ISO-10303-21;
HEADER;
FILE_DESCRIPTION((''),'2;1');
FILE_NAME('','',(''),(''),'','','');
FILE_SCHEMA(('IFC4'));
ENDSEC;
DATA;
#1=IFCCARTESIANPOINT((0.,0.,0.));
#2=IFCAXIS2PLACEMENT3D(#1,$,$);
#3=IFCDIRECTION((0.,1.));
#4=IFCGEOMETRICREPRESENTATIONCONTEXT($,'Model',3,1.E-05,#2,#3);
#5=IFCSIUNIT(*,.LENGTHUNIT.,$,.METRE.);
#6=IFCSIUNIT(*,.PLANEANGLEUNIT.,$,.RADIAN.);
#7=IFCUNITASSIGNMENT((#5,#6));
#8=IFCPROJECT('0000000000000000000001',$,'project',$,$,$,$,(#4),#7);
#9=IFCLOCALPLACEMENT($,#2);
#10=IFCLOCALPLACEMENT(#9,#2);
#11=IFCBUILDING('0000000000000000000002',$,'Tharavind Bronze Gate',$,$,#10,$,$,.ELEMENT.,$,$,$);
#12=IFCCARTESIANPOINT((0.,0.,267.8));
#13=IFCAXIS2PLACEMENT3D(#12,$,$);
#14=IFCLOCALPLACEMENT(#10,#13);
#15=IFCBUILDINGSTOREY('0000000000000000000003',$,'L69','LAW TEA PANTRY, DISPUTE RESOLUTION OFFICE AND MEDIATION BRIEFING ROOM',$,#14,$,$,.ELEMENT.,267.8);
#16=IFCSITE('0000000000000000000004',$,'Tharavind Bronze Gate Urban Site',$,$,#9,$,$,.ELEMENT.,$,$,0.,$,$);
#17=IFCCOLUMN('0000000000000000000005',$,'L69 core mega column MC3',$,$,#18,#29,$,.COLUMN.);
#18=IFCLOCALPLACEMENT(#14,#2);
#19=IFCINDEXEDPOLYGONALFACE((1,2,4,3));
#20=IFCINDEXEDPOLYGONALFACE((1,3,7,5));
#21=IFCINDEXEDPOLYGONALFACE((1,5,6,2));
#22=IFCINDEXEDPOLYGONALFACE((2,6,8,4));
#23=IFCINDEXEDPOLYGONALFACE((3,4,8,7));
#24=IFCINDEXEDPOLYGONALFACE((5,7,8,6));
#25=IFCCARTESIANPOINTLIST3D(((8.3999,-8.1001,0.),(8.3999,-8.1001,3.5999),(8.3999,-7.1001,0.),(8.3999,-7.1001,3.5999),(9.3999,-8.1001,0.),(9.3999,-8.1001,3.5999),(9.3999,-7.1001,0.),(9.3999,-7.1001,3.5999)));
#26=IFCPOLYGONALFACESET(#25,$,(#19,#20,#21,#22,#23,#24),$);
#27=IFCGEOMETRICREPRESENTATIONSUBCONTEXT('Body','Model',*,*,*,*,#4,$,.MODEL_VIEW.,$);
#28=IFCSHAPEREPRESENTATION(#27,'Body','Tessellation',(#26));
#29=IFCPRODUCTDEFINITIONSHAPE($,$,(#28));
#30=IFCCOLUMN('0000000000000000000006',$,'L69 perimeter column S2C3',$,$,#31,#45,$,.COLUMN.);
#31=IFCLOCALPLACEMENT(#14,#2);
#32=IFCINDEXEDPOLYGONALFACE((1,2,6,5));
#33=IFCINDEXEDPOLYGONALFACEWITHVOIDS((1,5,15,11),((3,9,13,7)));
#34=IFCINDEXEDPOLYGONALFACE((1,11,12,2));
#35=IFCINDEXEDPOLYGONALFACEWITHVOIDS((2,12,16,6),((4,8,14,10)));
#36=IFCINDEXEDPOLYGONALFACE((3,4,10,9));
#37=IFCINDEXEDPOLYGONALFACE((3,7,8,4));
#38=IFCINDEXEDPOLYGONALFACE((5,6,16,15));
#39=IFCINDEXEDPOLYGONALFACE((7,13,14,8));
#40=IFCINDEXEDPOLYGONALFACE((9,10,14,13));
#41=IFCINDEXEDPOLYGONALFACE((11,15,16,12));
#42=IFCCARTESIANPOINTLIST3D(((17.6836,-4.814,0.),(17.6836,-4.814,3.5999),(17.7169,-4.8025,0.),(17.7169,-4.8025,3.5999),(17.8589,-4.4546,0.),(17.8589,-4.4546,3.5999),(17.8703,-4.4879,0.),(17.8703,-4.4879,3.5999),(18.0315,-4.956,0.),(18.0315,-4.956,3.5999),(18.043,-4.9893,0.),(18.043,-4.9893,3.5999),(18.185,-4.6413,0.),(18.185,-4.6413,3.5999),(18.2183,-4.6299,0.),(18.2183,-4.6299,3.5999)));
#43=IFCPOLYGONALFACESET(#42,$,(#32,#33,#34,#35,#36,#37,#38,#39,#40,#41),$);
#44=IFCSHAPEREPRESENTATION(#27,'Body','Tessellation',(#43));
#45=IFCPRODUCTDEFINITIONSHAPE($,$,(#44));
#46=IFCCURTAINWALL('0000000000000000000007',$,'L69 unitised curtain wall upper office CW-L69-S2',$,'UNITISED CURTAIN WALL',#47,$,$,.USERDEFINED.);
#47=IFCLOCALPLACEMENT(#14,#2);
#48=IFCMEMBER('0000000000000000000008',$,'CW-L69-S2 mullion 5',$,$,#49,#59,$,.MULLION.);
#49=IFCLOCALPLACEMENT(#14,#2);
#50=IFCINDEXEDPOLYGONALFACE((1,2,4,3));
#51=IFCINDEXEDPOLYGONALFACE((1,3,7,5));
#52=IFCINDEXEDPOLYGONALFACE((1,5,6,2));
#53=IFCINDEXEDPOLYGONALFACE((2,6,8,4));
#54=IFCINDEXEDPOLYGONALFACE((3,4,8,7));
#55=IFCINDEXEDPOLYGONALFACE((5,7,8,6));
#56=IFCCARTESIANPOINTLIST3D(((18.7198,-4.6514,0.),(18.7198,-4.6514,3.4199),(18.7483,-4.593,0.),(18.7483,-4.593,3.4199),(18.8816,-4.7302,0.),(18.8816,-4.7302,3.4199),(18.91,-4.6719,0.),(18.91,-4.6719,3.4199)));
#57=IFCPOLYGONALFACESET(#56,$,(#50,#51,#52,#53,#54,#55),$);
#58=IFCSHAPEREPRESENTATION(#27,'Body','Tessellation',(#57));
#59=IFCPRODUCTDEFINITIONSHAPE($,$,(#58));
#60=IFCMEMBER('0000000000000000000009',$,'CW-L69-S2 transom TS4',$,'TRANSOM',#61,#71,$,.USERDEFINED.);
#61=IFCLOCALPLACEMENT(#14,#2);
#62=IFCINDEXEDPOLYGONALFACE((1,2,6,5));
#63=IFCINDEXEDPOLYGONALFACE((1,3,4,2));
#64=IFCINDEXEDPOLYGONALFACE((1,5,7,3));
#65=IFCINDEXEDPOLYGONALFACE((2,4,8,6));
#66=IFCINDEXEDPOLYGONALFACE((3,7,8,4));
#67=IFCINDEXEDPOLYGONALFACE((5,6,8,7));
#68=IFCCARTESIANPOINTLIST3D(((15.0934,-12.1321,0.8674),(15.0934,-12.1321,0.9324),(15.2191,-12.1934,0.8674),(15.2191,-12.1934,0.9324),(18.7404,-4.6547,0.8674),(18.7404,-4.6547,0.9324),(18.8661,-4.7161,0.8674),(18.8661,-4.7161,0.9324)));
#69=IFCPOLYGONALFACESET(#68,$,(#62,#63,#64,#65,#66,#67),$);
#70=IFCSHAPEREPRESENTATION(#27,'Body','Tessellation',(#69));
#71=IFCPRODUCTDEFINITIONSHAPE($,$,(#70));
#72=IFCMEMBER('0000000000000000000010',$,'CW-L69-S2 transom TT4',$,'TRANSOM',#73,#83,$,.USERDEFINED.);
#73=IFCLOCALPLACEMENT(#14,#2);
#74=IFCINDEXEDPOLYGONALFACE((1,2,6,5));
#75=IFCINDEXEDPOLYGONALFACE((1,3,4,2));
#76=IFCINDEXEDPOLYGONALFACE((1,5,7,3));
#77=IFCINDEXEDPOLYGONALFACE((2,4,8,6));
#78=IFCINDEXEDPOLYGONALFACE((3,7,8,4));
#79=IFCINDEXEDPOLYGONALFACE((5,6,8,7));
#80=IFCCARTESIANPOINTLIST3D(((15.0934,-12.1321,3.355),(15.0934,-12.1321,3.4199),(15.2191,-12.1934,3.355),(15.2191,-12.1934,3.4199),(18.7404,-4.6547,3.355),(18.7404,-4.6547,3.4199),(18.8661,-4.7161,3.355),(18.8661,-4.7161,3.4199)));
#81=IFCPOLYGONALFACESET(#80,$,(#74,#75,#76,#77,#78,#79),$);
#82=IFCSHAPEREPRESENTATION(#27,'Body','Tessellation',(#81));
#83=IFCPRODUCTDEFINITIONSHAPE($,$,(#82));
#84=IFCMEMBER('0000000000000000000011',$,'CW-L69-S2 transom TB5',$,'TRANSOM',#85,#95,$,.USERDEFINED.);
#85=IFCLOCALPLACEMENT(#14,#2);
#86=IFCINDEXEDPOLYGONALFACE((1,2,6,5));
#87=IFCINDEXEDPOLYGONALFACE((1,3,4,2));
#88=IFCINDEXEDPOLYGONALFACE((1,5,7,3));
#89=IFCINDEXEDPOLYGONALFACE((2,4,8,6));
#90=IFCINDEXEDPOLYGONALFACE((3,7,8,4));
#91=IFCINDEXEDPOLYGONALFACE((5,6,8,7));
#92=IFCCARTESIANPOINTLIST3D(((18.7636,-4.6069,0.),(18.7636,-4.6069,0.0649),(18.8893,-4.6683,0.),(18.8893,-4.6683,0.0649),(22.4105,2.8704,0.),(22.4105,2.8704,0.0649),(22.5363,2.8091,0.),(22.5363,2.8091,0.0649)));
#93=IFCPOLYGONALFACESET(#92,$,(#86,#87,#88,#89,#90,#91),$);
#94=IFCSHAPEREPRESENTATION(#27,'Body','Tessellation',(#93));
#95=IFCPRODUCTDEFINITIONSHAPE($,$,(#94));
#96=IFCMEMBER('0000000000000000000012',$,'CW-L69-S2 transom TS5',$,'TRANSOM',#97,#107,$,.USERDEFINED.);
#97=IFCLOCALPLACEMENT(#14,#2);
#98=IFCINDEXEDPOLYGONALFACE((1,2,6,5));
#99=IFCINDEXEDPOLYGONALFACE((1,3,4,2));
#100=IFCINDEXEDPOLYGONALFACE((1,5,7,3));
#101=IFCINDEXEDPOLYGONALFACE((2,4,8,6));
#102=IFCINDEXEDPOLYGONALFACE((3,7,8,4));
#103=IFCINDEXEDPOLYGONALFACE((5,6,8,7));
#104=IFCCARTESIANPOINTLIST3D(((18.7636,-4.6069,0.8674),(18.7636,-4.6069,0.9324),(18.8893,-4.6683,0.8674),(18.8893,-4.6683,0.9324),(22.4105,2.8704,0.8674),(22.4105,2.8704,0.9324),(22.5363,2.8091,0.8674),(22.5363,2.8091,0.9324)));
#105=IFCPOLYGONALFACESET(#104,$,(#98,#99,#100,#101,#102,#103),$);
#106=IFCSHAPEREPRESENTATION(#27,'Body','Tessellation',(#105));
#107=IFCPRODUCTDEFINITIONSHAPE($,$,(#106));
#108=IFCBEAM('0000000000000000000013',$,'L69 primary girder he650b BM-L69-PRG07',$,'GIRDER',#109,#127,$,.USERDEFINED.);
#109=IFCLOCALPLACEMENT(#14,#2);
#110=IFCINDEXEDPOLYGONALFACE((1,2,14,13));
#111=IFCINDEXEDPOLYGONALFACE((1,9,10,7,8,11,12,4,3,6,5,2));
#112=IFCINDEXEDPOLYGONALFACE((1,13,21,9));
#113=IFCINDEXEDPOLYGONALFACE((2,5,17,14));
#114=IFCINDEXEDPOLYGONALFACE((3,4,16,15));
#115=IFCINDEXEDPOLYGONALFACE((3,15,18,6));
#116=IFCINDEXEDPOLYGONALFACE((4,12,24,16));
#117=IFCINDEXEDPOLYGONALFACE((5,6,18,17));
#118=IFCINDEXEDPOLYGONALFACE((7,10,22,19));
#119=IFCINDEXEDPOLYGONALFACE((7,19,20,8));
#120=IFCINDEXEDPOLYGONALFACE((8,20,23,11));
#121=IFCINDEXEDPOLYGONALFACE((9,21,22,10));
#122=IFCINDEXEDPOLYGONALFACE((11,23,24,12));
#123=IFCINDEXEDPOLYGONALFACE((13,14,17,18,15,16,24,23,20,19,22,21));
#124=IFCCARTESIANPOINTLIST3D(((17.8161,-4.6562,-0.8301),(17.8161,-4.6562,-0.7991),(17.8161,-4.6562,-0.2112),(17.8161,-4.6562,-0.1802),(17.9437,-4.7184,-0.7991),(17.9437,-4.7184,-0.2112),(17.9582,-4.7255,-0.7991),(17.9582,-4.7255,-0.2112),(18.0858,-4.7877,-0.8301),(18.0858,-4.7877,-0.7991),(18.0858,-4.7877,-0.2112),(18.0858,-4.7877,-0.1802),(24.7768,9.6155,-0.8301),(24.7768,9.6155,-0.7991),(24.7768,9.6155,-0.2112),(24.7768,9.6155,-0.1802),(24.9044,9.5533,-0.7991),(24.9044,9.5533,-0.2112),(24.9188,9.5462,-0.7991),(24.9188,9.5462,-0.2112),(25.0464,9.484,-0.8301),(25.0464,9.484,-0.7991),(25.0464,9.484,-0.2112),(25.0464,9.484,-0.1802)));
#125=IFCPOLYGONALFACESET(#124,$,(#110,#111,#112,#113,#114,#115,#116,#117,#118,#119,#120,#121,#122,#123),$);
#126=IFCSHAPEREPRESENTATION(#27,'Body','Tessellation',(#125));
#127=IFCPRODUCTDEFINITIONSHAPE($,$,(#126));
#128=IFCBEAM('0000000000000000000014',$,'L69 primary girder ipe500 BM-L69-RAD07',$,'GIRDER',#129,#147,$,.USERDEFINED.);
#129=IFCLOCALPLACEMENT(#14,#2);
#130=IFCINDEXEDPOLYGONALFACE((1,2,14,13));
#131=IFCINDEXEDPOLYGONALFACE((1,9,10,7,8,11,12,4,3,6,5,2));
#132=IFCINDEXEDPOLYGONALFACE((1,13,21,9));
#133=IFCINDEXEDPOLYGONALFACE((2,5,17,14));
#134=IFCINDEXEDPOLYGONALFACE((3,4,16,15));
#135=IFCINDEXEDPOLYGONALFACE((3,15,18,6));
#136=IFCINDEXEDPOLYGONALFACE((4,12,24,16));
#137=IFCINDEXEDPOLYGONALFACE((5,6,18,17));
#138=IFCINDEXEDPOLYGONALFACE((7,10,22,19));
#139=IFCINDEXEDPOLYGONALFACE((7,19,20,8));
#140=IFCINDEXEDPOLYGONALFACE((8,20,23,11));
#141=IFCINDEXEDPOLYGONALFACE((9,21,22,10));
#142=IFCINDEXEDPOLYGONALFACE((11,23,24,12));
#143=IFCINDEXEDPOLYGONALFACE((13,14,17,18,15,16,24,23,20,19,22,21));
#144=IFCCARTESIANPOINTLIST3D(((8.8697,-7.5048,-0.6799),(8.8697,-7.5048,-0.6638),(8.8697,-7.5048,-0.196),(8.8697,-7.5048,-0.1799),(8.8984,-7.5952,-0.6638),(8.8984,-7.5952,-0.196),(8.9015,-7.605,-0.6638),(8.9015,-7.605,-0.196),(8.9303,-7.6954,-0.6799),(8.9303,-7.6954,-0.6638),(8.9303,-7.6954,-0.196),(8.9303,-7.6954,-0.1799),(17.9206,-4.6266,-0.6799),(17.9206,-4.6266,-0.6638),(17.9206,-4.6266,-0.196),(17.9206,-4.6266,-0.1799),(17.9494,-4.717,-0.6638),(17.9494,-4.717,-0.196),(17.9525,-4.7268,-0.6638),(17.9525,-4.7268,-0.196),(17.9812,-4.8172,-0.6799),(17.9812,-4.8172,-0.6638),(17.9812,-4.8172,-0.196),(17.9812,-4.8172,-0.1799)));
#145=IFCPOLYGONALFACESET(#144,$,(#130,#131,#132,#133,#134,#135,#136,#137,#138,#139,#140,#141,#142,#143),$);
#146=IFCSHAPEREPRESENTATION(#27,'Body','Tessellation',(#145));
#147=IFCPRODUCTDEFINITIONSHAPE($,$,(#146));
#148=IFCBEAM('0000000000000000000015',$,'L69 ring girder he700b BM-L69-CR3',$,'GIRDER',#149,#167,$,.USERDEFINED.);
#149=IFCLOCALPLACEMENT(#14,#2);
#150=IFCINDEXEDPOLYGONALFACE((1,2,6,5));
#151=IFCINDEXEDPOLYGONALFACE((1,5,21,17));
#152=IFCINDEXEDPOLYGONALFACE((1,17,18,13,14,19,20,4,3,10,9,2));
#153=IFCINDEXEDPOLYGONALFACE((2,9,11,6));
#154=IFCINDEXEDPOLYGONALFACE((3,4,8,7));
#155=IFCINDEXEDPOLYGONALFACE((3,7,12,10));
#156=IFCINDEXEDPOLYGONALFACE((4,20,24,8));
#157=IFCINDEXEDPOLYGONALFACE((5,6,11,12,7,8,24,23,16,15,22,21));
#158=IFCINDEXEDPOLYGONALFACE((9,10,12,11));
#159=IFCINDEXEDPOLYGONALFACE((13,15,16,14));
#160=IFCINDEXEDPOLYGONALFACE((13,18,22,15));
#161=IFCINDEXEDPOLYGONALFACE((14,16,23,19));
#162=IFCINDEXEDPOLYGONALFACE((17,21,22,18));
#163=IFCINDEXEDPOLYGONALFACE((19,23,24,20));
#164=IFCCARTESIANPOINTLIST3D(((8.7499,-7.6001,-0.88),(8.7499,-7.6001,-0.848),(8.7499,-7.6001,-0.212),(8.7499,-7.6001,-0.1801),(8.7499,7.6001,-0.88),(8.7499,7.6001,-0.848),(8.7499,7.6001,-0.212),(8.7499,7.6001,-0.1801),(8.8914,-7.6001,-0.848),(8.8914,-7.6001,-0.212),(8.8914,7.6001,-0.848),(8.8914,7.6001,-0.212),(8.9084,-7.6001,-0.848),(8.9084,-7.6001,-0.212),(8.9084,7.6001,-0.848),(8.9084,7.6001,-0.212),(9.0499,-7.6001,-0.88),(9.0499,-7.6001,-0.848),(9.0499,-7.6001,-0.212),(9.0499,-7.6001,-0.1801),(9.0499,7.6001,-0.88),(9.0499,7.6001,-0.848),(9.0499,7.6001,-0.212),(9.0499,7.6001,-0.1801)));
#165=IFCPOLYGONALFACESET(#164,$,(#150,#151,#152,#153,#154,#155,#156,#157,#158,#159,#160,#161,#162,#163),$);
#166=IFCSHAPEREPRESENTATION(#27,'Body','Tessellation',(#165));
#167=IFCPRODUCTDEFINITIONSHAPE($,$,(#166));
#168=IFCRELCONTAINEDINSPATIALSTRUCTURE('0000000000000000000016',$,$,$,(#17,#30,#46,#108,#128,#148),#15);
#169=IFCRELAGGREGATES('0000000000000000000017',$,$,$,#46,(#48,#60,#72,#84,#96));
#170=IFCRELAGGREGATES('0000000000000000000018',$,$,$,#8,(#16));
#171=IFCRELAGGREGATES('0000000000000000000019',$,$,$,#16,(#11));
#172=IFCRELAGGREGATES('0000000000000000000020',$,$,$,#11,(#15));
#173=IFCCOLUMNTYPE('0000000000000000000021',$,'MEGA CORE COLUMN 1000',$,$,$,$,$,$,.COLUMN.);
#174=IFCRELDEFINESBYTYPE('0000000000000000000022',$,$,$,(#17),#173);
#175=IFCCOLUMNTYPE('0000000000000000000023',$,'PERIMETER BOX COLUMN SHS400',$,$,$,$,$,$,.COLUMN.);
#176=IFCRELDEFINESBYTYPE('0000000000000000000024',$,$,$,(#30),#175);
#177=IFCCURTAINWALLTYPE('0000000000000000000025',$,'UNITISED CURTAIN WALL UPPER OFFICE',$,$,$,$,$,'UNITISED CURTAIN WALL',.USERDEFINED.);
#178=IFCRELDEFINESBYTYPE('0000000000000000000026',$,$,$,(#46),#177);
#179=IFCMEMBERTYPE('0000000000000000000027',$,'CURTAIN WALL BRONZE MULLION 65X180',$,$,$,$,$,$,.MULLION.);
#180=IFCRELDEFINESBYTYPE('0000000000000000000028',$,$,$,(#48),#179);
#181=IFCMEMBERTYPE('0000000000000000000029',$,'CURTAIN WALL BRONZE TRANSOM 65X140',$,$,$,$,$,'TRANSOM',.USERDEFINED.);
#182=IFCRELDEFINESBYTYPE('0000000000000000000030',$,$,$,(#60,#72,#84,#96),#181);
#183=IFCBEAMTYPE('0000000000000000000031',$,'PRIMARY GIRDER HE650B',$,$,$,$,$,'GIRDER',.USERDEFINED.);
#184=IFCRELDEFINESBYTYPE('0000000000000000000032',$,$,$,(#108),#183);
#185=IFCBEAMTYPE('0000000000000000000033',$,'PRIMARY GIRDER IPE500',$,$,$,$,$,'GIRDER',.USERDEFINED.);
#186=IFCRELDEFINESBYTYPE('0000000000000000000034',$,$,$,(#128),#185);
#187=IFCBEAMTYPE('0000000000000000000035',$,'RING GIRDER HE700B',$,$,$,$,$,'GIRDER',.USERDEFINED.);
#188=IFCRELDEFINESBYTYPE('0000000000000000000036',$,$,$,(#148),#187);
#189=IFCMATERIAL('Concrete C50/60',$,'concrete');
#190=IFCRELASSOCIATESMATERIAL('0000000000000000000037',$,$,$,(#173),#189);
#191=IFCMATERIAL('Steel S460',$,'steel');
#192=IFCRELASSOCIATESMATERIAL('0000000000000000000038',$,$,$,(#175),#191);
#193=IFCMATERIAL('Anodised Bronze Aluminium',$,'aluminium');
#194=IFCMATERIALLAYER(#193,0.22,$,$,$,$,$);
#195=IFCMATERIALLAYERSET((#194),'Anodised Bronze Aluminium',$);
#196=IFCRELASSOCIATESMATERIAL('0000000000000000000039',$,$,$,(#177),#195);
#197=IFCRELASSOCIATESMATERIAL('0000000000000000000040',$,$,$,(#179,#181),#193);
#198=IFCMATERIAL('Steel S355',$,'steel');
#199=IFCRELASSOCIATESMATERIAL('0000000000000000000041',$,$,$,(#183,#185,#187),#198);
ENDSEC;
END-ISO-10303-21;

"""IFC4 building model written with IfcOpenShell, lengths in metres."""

from ifc_helpers import new_model, si_unit, direction, frame, origin, origin_2d, place, context, subcontext, project, spatial, rectangle, hollow_rectangle, i_section, extrude, material, layer, layer_set, material_profile, profile_set, type_object, element, aggregate, save


model = new_model("IFC4")

# Units and contexts
model_context = context("Model", 3, precision=1e-05, world=origin(), true_north=direction((0.0, 1.0)))
body_context = subcontext(model_context, "Body", "Model", "MODEL_VIEW")
ifc_project = project(units=[si_unit("LENGTHUNIT", "METRE"), si_unit("PLANEANGLEUNIT", "RADIAN")], contexts=[model_context])

# Site, building, storey
site_placement = place(None, origin())
site = spatial("IfcSite", under=ifc_project, at=site_placement, Name="Tharavind Bronze Gate Urban Site", CompositionType="ELEMENT", RefElevation=0.0)
building_placement = place(site_placement, origin())
building = spatial("IfcBuilding", under=site, at=building_placement, Name="Tharavind Bronze Gate", CompositionType="ELEMENT")
storey_placement = place(building_placement, frame((0.0, 0.0, 267.8)))
storey = spatial("IfcBuildingStorey", under=building, at=storey_placement, Name="L69", Description="LAW TEA PANTRY, DISPUTE RESOLUTION OFFICE AND MEDIATION BRIEFING ROOM", CompositionType="ELEMENT", Elevation=267.8)

# Columns
ifc_material_1 = material(Name="Concrete C50/60", Category="concrete")
ifc_material_profile_1 = material_profile(ifc_material_1, rectangle(XDim=1.0, YDim=1.0, at=origin_2d()), Name="RCCOL1000")
ifc_profile_set_1 = profile_set([ifc_material_profile_1], Name="Concrete C50/60")
column_type_1 = type_object("IfcColumnType", Name="MEGA CORE COLUMN 1000", PredefinedType="COLUMN", material=ifc_profile_set_1)
column_1_placement = place(storey_placement, frame((8.8999, -7.6001, 0.0), z_axis=(0.0, 0.0, 1.0), x_axis=(1.0, 0.0, 0.0)))
element("IfcColumn", 1, at=column_1_placement, inside=storey, type_object=column_type_1, Name="L69 core mega column MC3", PredefinedType="COLUMN", context=body_context, shape_type="SweptSolid", body=[
    extrude(rectangle(XDim=1.0, YDim=1.0, at=origin_2d()), origin(), (0.0, 0.0, 1.0), 3.5999),
])
ifc_material_2 = material(Name="Steel S460", Category="steel")
ifc_material_profile_2 = material_profile(ifc_material_2, hollow_rectangle(XDim=0.3999, YDim=0.3999, WallThickness=0.0249, at=origin_2d()), Name="SHS400X25")
ifc_profile_set_2 = profile_set([ifc_material_profile_2], Name="Steel S460")
column_type_2 = type_object("IfcColumnType", Name="PERIMETER BOX COLUMN SHS400", PredefinedType="COLUMN", material=ifc_profile_set_2)
column_2_placement = place(storey_placement, frame((17.9509, -4.7219, 0.0), z_axis=(0.0, 0.0, 1.0), x_axis=(0.438373, 0.898793, 0.0)))
element("IfcColumn", 2, at=column_2_placement, inside=storey, type_object=column_type_2, Name="L69 perimeter column S2C3", PredefinedType="COLUMN", context=body_context, shape_type="SweptSolid", body=[
    extrude(hollow_rectangle(XDim=0.3999, YDim=0.3999, WallThickness=0.0249, at=origin_2d()), origin(), (0.0, 0.0, 1.0), 3.5999),
])

# Curtain wall, members
ifc_material_3 = material(Name="Anodised Bronze Aluminium", Category="aluminium")
ifc_layer_1 = layer(ifc_material_3, 0.22)
ifc_layer_set_1 = layer_set([ifc_layer_1], Name="Anodised Bronze Aluminium")
curtain_wall_type = type_object("IfcCurtainWallType", Name="UNITISED CURTAIN WALL UPPER OFFICE", ElementType="UNITISED CURTAIN WALL", PredefinedType="USERDEFINED", material=ifc_layer_set_1)
curtain_wall_placement = place(storey_placement, origin())
curtain_wall = element("IfcCurtainWall", 3, at=curtain_wall_placement, inside=storey, type_object=curtain_wall_type, Name="L69 unitised curtain wall upper office CW-L69-S2", ObjectType="UNITISED CURTAIN WALL", PredefinedType="USERDEFINED")
member_type_1 = type_object("IfcMemberType", Name="CURTAIN WALL BRONZE MULLION 65X180", PredefinedType="MULLION", material=ifc_material_3)
member_1_placement = place(storey_placement, frame((18.8149, -4.6616, 0.0), z_axis=(0.0, 0.0, 1.0), x_axis=(0.438373, 0.898793, 0.0)))
member_1 = element("IfcMember", 4, at=member_1_placement, type_object=member_type_1, Name="CW-L69-S2 mullion 5", PredefinedType="MULLION", context=body_context, shape_type="SweptSolid", body=[
    extrude(rectangle(XDim=0.0649, YDim=0.1799, at=origin_2d()), origin(), (0.0, 0.0, 1.0), 3.4199),
])
member_type_2 = type_object("IfcMemberType", Name="CURTAIN WALL BRONZE TRANSOM 65X140", ElementType="TRANSOM", PredefinedType="USERDEFINED", material=ifc_material_3)
member_2_placement = place(storey_placement, frame((16.9797, -8.4241, 0.8674), z_axis=(0.0, 0.0, 1.0), x_axis=(0.438373, 0.898793, 0.0)))
member_2 = element("IfcMember", 5, at=member_2_placement, type_object=member_type_2, Name="CW-L69-S2 transom TS4", ObjectType="TRANSOM", PredefinedType="USERDEFINED", context=body_context, shape_type="SweptSolid", body=[
    extrude(rectangle(XDim=8.3193, YDim=0.1399, at=origin_2d()), origin(), (0.0, 0.0, 1.0), 0.0649),
])
member_3_placement = place(storey_placement, frame((16.9797, -8.4241, 3.355), z_axis=(0.0, 0.0, 1.0), x_axis=(0.438373, 0.898793, 0.0)))
member_3 = element("IfcMember", 6, at=member_3_placement, type_object=member_type_2, Name="CW-L69-S2 transom TT4", ObjectType="TRANSOM", PredefinedType="USERDEFINED", context=body_context, shape_type="SweptSolid", body=[
    extrude(rectangle(XDim=8.3193, YDim=0.1399, at=origin_2d()), origin(), (0.0, 0.0, 1.0), 0.0649),
])
member_4_placement = place(storey_placement, frame((20.6499, -0.8989, 0.0), z_axis=(0.0, 0.0, 1.0), x_axis=(0.438373, 0.898793, 0.0)))
member_4 = element("IfcMember", 7, at=member_4_placement, type_object=member_type_2, Name="CW-L69-S2 transom TB5", ObjectType="TRANSOM", PredefinedType="USERDEFINED", context=body_context, shape_type="SweptSolid", body=[
    extrude(rectangle(XDim=8.3193, YDim=0.1399, at=origin_2d()), origin(), (0.0, 0.0, 1.0), 0.0649),
])
member_5_placement = place(storey_placement, frame((20.6499, -0.8989, 0.8674), z_axis=(0.0, 0.0, 1.0), x_axis=(0.438373, 0.898793, 0.0)))
member_5 = element("IfcMember", 8, at=member_5_placement, type_object=member_type_2, Name="CW-L69-S2 transom TS5", ObjectType="TRANSOM", PredefinedType="USERDEFINED", context=body_context, shape_type="SweptSolid", body=[
    extrude(rectangle(XDim=8.3193, YDim=0.1399, at=origin_2d()), origin(), (0.0, 0.0, 1.0), 0.0649),
])

# Beams
ifc_material_4 = material(Name="Steel S355", Category="steel")
ifc_material_profile_3 = material_profile(ifc_material_4, i_section(OverallWidth=0.3, OverallDepth=0.6499, WebThickness=0.0161, FlangeThickness=0.031, at=origin_2d()), Name="HE650B")
ifc_profile_set_3 = profile_set([ifc_material_profile_3], Name="Steel S355")
beam_type_1 = type_object("IfcBeamType", Name="PRIMARY GIRDER HE650B", ElementType="GIRDER", PredefinedType="USERDEFINED", material=ifc_profile_set_3)
beam_1_placement = place(storey_placement, frame((17.9509, -4.7219, -0.5051), z_axis=(0.438366, 0.898796, 0.0), x_axis=(-0.898796, 0.438366, 0.0)))
element("IfcBeam", 9, at=beam_1_placement, inside=storey, type_object=beam_type_1, Name="L69 primary girder he650b BM-L69-PRG07", ObjectType="GIRDER", PredefinedType="USERDEFINED", context=body_context, shape_type="SweptSolid", body=[
    extrude(i_section(OverallWidth=0.3, OverallDepth=0.6499, WebThickness=0.0161, FlangeThickness=0.031, at=origin_2d()), origin(), (0.0, 0.0, 1.0), 15.8787),
])
ifc_material_profile_4 = material_profile(ifc_material_4, i_section(OverallWidth=0.2, OverallDepth=0.5, WebThickness=0.0103, FlangeThickness=0.0161, at=origin_2d()), Name="IPE500")
ifc_profile_set_4 = profile_set([ifc_material_profile_4], Name="Steel S355")
beam_type_2 = type_object("IfcBeamType", Name="PRIMARY GIRDER IPE500", ElementType="GIRDER", PredefinedType="USERDEFINED", material=ifc_profile_set_4)
beam_2_placement = place(storey_placement, frame((17.9509, -4.7219, -0.4299), z_axis=(-0.952977, -0.303041, 0.0), x_axis=(0.303041, -0.952977, 0.0)))
element("IfcBeam", 10, at=beam_2_placement, inside=storey, type_object=beam_type_2, Name="L69 primary girder ipe500 BM-L69-RAD07", ObjectType="GIRDER", PredefinedType="USERDEFINED", context=body_context, shape_type="SweptSolid", body=[
    extrude(i_section(OverallWidth=0.2, OverallDepth=0.5, WebThickness=0.0103, FlangeThickness=0.0161, at=origin_2d()), origin(), (0.0, 0.0, 1.0), 9.4976),
])
ifc_material_profile_5 = material_profile(ifc_material_4, i_section(OverallWidth=0.3, OverallDepth=0.7, WebThickness=0.0171, FlangeThickness=0.032, at=origin_2d()), Name="HE700B")
ifc_profile_set_5 = profile_set([ifc_material_profile_5], Name="Steel S355")
beam_type_3 = type_object("IfcBeamType", Name="RING GIRDER HE700B", ElementType="GIRDER", PredefinedType="USERDEFINED", material=ifc_profile_set_5)
beam_3_placement = place(storey_placement, frame((8.8999, -7.6001, -0.53), z_axis=(0.0, 1.0, 0.0), x_axis=(-1.0, 0.0, 0.0)))
element("IfcBeam", 11, at=beam_3_placement, inside=storey, type_object=beam_type_3, Name="L69 ring girder he700b BM-L69-CR3", ObjectType="GIRDER", PredefinedType="USERDEFINED", context=body_context, shape_type="SweptSolid", body=[
    extrude(i_section(OverallWidth=0.3, OverallDepth=0.7, WebThickness=0.0171, FlangeThickness=0.032, at=origin_2d()), origin(), (0.0, 0.0, 1.0), 15.2002),
])

aggregate(curtain_wall, [member_1, member_2, member_3, member_4, member_5])

save(model, "model.ifc")
